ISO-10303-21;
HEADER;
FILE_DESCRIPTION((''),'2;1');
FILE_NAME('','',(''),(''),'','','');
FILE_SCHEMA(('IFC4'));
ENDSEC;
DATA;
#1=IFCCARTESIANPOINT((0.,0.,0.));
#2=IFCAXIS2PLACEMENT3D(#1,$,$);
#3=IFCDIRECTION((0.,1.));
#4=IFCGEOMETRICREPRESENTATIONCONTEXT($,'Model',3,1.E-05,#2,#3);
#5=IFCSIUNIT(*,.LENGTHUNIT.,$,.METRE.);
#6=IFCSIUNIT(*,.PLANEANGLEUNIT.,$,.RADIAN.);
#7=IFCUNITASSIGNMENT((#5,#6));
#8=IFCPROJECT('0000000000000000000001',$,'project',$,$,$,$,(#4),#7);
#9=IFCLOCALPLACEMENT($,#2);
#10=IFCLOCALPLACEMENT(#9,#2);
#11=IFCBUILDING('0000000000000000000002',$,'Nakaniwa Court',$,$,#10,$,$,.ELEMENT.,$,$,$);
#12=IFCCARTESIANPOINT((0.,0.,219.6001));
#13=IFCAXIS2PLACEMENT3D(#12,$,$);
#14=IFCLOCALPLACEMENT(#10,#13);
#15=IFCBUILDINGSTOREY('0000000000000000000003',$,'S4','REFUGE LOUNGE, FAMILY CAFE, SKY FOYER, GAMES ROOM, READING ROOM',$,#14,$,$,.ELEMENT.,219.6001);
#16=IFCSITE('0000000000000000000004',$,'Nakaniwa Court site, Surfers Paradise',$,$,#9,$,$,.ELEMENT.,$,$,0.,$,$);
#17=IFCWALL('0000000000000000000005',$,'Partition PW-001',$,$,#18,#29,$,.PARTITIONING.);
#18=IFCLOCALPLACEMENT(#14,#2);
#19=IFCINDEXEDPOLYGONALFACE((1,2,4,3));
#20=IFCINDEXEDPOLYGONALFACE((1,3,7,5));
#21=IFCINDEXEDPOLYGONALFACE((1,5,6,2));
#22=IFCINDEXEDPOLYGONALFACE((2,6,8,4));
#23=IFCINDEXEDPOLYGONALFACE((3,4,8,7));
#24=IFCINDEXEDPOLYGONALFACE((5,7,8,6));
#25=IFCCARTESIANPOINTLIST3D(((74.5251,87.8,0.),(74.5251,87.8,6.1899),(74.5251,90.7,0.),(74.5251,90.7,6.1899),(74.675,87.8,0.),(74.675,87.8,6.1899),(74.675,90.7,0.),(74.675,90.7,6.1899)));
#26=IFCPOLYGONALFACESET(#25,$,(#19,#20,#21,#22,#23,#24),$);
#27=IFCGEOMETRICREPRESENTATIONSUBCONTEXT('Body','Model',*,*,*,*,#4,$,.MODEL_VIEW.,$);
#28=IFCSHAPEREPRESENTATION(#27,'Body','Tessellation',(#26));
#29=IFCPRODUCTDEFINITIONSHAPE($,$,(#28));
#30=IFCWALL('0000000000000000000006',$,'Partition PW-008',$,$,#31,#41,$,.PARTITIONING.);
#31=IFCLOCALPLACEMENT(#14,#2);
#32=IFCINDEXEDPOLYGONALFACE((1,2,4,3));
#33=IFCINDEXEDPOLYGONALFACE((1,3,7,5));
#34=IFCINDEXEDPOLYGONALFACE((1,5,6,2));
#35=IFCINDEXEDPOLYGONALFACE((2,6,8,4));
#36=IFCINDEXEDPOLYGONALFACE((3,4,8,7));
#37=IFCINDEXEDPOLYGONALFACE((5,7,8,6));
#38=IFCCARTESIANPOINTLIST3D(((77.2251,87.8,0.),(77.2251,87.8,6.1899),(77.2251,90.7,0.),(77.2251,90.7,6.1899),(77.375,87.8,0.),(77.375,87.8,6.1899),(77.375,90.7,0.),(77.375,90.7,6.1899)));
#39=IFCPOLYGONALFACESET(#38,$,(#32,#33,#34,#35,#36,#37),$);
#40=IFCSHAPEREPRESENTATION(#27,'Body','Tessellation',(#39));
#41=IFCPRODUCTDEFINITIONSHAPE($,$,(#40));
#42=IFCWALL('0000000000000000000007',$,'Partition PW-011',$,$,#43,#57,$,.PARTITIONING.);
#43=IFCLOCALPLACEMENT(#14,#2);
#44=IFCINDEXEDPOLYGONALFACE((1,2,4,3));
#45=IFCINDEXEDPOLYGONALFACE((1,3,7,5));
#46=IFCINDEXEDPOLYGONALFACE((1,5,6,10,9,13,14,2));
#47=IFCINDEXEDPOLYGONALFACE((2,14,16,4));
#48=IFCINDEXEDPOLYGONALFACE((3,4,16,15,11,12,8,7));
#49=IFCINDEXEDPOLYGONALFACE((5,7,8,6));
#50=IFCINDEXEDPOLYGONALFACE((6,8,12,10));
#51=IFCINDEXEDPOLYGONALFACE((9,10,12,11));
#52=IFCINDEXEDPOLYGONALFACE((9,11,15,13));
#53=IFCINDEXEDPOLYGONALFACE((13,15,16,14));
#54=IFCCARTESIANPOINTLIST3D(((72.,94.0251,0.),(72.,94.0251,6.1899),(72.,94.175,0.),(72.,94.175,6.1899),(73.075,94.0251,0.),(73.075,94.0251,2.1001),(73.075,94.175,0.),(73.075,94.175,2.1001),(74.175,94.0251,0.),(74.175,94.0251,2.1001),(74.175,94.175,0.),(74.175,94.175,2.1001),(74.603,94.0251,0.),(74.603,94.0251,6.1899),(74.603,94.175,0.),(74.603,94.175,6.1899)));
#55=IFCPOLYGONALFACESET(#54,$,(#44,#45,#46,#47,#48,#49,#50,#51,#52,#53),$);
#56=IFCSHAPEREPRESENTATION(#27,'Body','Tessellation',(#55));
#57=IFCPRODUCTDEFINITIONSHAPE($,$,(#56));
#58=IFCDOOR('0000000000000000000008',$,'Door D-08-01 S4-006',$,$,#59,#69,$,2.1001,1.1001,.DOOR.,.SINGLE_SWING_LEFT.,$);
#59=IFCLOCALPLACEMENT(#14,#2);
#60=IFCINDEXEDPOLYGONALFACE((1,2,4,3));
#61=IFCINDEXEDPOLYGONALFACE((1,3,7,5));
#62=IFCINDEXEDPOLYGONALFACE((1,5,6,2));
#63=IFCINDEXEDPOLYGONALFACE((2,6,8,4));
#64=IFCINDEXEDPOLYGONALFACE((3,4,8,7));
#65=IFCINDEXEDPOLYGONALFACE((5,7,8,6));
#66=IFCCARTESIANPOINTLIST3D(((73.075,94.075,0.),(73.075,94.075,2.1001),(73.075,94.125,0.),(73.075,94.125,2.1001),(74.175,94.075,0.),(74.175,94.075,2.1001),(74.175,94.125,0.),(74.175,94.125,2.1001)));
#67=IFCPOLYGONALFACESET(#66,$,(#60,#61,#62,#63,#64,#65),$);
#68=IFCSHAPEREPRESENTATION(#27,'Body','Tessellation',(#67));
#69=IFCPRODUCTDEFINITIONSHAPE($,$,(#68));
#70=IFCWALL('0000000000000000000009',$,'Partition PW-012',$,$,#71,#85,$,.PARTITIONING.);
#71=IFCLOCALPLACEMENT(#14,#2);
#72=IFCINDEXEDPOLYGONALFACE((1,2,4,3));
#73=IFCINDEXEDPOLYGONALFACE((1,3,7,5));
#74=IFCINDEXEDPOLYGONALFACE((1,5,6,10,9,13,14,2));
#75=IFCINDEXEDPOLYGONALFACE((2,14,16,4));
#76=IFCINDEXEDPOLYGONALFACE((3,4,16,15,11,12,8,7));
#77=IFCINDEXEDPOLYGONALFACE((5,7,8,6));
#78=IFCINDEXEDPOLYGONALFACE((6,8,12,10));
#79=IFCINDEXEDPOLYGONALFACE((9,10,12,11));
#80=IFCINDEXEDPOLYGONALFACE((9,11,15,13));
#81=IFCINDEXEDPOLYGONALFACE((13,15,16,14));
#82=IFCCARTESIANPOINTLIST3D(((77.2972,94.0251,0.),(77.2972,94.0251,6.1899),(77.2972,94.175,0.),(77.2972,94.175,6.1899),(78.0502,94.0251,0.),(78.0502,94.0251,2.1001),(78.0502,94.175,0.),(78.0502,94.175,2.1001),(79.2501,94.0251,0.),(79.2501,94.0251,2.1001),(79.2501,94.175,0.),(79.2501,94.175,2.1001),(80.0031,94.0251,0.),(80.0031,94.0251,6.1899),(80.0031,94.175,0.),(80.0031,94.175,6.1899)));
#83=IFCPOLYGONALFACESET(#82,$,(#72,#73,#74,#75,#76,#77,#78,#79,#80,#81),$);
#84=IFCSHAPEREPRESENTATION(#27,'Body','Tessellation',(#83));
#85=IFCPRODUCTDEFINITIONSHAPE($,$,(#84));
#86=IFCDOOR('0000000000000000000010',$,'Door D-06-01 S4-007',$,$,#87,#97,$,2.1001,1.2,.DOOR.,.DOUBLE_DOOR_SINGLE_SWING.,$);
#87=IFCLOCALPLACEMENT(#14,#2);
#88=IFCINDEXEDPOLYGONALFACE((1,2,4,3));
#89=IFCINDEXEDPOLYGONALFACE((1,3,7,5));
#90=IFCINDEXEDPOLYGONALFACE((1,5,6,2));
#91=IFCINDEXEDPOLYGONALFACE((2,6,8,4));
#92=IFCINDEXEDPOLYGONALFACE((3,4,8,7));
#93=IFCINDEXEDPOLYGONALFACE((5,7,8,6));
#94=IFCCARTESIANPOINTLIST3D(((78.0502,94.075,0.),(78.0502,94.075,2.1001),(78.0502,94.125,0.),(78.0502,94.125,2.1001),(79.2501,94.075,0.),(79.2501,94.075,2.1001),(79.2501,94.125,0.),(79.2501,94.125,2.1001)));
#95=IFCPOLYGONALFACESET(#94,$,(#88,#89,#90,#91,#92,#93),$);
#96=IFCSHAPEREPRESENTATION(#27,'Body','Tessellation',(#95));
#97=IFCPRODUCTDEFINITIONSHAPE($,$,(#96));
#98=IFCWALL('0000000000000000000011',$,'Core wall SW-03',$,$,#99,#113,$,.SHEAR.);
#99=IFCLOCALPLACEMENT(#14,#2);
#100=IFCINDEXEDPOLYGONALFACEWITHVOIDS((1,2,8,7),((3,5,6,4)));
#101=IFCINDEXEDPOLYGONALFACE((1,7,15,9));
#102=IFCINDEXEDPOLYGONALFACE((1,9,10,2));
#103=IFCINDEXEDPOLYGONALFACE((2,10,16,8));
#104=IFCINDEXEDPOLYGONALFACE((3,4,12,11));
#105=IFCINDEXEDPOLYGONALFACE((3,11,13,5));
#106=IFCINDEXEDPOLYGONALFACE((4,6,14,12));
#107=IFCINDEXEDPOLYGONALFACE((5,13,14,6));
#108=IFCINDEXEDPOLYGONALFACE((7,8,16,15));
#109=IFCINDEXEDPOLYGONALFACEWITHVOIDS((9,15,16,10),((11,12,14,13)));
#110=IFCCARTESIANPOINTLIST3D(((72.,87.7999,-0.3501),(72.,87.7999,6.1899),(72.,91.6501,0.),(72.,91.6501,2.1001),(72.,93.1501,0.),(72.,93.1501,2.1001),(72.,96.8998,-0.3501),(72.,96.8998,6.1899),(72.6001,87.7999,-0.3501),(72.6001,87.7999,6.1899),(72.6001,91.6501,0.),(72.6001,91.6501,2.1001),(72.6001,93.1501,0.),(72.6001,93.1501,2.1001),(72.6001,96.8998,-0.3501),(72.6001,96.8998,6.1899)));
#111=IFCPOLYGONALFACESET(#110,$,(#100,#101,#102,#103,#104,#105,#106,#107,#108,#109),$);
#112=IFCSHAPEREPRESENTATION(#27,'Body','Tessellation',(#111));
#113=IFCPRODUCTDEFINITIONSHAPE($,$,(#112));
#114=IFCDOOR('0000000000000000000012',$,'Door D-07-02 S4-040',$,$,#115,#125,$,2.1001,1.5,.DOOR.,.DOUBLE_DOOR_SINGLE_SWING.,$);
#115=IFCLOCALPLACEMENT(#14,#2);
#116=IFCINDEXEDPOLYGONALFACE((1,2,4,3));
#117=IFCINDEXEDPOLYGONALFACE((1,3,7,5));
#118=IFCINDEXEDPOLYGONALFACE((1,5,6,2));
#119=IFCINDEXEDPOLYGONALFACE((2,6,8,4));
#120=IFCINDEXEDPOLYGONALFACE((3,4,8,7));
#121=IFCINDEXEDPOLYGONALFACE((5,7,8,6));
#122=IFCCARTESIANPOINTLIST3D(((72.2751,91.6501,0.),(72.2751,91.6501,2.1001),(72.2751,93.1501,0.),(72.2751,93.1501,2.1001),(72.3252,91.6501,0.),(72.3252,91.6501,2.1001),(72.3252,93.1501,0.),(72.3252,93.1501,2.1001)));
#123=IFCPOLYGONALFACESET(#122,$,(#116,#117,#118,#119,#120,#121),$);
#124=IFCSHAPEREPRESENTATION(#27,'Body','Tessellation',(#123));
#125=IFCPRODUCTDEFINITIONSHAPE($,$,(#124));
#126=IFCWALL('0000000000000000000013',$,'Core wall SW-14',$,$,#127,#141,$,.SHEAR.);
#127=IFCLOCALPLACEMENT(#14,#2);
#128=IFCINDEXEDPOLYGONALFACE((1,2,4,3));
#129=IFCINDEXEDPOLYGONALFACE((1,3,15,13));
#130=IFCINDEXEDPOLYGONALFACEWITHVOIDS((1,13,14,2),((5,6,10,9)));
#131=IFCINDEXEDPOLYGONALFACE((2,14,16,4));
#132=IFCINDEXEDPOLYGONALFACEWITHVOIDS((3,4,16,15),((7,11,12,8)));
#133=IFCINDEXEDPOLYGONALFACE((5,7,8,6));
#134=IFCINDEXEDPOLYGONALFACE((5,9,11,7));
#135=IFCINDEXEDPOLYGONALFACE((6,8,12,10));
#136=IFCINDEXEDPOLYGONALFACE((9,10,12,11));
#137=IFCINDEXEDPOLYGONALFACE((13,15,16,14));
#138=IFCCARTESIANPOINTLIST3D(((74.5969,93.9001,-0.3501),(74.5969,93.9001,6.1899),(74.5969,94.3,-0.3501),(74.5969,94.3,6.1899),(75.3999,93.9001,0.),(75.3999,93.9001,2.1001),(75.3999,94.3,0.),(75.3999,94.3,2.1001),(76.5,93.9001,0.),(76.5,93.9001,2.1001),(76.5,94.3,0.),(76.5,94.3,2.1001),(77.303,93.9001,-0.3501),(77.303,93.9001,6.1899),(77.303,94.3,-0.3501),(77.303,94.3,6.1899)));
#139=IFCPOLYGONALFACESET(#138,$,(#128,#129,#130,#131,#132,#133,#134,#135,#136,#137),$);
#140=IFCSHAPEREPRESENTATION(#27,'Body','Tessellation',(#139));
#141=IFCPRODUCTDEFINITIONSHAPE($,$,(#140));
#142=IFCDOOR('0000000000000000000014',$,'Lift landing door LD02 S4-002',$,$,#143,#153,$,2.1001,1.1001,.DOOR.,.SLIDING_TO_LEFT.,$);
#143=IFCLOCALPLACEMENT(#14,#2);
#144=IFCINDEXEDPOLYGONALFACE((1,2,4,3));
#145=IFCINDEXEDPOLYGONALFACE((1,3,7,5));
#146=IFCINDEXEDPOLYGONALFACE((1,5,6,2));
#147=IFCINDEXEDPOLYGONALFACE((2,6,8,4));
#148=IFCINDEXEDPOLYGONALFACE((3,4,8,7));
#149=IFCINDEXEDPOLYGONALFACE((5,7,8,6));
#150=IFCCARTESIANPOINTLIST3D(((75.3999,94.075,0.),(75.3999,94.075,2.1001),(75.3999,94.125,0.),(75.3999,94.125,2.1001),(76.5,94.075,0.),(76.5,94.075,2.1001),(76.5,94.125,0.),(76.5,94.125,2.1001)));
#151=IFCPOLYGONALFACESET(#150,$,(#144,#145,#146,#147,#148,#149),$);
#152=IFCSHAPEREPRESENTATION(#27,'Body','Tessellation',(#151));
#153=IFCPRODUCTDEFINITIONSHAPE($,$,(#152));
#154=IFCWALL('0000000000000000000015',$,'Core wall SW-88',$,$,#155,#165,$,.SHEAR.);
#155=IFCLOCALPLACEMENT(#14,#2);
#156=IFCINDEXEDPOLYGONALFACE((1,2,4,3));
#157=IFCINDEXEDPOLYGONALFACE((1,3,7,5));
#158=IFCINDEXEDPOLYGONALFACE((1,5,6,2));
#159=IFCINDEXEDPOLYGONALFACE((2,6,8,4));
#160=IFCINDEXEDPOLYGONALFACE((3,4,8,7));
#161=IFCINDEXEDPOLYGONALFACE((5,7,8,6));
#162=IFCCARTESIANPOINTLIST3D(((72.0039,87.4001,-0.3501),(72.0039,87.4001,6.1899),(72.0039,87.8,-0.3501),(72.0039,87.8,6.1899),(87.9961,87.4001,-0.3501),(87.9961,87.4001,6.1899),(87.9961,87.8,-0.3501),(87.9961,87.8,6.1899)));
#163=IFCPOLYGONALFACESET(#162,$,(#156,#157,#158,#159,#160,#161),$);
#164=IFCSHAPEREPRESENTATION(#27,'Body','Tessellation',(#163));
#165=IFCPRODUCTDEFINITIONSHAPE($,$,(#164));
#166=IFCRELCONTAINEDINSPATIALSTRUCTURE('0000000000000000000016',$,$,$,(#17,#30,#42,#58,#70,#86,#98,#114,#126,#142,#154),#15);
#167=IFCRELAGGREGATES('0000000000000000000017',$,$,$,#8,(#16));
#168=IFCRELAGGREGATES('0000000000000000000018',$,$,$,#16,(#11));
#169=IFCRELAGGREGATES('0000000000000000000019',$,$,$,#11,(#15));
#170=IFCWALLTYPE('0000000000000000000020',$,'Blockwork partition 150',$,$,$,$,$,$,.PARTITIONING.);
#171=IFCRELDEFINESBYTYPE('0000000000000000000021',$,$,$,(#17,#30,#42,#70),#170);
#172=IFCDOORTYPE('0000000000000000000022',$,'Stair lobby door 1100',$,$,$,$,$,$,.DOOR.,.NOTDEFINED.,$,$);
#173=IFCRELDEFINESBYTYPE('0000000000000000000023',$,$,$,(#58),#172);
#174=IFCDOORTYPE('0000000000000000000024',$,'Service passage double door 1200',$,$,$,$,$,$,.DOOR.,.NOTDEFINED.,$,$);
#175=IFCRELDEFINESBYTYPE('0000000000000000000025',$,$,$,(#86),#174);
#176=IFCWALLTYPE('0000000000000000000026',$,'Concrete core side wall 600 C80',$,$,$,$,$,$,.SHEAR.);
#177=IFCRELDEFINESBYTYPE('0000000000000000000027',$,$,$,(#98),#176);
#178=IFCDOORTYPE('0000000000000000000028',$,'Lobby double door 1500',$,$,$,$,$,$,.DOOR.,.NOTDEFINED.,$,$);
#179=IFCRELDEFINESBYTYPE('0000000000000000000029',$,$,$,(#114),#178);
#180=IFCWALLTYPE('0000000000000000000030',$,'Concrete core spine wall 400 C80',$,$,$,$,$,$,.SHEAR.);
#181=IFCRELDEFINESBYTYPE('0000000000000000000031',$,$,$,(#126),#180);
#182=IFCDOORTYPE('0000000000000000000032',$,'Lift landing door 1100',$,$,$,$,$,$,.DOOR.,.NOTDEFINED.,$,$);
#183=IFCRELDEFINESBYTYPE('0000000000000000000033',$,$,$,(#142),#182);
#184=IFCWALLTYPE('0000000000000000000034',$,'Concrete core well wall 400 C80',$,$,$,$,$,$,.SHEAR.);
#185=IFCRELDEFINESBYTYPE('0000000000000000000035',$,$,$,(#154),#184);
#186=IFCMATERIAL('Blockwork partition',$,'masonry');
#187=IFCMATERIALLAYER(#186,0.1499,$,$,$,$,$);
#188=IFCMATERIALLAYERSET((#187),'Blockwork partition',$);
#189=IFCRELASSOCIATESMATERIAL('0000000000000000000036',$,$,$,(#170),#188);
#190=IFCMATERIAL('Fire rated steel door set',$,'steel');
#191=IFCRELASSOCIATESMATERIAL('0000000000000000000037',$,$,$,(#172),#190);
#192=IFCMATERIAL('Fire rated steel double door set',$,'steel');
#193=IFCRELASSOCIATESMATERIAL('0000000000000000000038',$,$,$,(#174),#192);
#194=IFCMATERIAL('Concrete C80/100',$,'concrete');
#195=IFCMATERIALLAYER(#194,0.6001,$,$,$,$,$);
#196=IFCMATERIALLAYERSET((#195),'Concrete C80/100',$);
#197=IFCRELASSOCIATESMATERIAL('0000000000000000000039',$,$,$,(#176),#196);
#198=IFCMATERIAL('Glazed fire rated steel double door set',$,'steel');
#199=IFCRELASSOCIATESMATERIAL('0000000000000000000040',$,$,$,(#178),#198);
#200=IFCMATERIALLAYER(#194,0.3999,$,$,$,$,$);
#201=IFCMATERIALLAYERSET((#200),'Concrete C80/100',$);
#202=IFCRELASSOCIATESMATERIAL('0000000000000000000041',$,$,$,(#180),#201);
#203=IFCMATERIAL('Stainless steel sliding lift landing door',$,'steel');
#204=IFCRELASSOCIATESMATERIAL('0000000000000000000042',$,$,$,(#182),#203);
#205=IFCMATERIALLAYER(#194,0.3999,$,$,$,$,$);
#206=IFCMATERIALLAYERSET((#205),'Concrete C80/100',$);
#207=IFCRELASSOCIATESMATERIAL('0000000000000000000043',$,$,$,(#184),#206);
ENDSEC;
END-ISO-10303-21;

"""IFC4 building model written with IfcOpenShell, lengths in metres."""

from ifc_helpers import new_model, si_unit, direction, frame, frame_2d, origin, place, context, subcontext, project, spatial, rectangle, extrude, material, layer, layer_set, type_object, element, fill, save


model = new_model("IFC4")

# Units and contexts
model_context = context("Model", 3, precision=1e-05, world=origin(), true_north=direction((0.0, 1.0)))
body_context = subcontext(model_context, "Body", "Model", "MODEL_VIEW")
ifc_project = project(units=[si_unit("LENGTHUNIT", "METRE"), si_unit("PLANEANGLEUNIT", "RADIAN")], contexts=[model_context])

# Site, building, storey
site_placement = place(None, origin())
site = spatial("IfcSite", under=ifc_project, at=site_placement, Name="Nakaniwa Court site, Surfers Paradise", CompositionType="ELEMENT", RefElevation=0.0)
building_placement = place(site_placement, origin())
building = spatial("IfcBuilding", under=site, at=building_placement, Name="Nakaniwa Court", CompositionType="ELEMENT")
storey_placement = place(building_placement, frame((0.0, 0.0, 219.6001)))
storey = spatial("IfcBuildingStorey", under=building, at=storey_placement, Name="S4", Description="REFUGE LOUNGE, FAMILY CAFE, SKY FOYER, GAMES ROOM, READING ROOM", CompositionType="ELEMENT", Elevation=219.6001)

# Shared definitions
ifc_material_1 = material(Name="Concrete C80/100", Category="concrete")

# Walls
ifc_material_2 = material(Name="Blockwork partition", Category="masonry")
ifc_layer_1 = layer(ifc_material_2, 0.1499)
ifc_layer_set_1 = layer_set([ifc_layer_1], Name="Blockwork partition")
wall_type_1 = type_object("IfcWallType", Name="Blockwork partition 150", PredefinedType="PARTITIONING", material=ifc_layer_set_1)
for number, where, z_axis, x_axis, name in (
    (1, (74.6001, 87.8, 0.0), (0.0, 0.0, 1.0), (0.0, 1.0, 0.0), "Partition PW-001"),
    (2, (77.3, 87.8, 0.0), (0.0, 0.0, 1.0), (0.0, 1.0, 0.0), "Partition PW-008"),
):
    element("IfcWall", number, at=place(storey_placement, frame(where, z_axis=z_axis, x_axis=x_axis)), inside=storey, type_object=wall_type_1, Name=name, PredefinedType="PARTITIONING", context=body_context, shape_type="SweptSolid", body=[
        extrude(rectangle(XDim=2.8999, YDim=0.1499, at=frame_2d((1.45, 0.0))), origin(), (0.0, 0.0, 1.0), 6.1899),
    ])

# Walls, openings, doors
wall_1_placement = place(storey_placement, frame((72.0, 94.1001, 0.0), z_axis=(0.0, 0.0, 1.0), x_axis=(1.0, 0.0, 0.0)))
wall_1 = element("IfcWall", 3, at=wall_1_placement, inside=storey, type_object=wall_type_1, Name="Partition PW-011", PredefinedType="PARTITIONING", context=body_context, shape_type="SweptSolid", body=[
    extrude(rectangle(XDim=2.603, YDim=0.1499, at=frame_2d((1.3015, 0.0))), origin(), (0.0, 0.0, 1.0), 6.1899),
])
opening_1_placement = place(wall_1_placement, frame((1.075, 0.0, 0.0)))
opening_1 = element("IfcOpeningElement", 4, at=opening_1_placement, cuts=wall_1, PredefinedType="OPENING", context=body_context, shape_type="SweptSolid", body=[
    extrude(rectangle(XDim=1.1001, YDim=2.1001, at=frame_2d((0.55, 1.05))), frame((0.0, 0.085, 0.0), z_axis=(0.0, -1.0, 0.0), x_axis=(1.0, 0.0, 0.0)), (0.0, 0.0, 1.0), 0.1699),
])
ifc_material_3 = material(Name="Fire rated steel door set", Category="steel")
door_type_1 = type_object("IfcDoorType", Name="Stair lobby door 1100", OperationType="NOTDEFINED", PredefinedType="DOOR", material=ifc_material_3)
door_1_placement = place(opening_1_placement, origin())
door_1 = element("IfcDoor", 5, at=door_1_placement, inside=storey, type_object=door_type_1, Name="Door D-08-01 S4-006", OperationType="SINGLE_SWING_LEFT", OverallHeight=2.1001, OverallWidth=1.1001, PredefinedType="DOOR", context=body_context, shape_type="SweptSolid", body=[
    extrude(rectangle(XDim=1.1001, YDim=2.1001, at=frame_2d((0.55, 1.05))), frame((0.0, 0.0249, 0.0), z_axis=(0.0, -1.0, 0.0), x_axis=(1.0, 0.0, 0.0)), (0.0, 0.0, 1.0), 0.05),
])
fill(opening_1, door_1)
wall_2_placement = place(storey_placement, frame((77.2971, 94.1001, 0.0), z_axis=(0.0, 0.0, 1.0), x_axis=(1.0, 0.0, 0.0)))
wall_2 = element("IfcWall", 6, at=wall_2_placement, inside=storey, type_object=wall_type_1, Name="Partition PW-012", PredefinedType="PARTITIONING", context=body_context, shape_type="SweptSolid", body=[
    extrude(rectangle(XDim=2.7058, YDim=0.1499, at=frame_2d((1.353, 0.0))), origin(), (0.0, 0.0, 1.0), 6.1899),
])
opening_2_placement = place(wall_2_placement, frame((0.7529, 0.0, 0.0)))
opening_2 = element("IfcOpeningElement", 7, at=opening_2_placement, cuts=wall_2, PredefinedType="OPENING", context=body_context, shape_type="SweptSolid", body=[
    extrude(rectangle(XDim=1.2, YDim=2.1001, at=frame_2d((0.6001, 1.05))), frame((0.0, 0.085, 0.0), z_axis=(0.0, -1.0, 0.0), x_axis=(1.0, 0.0, 0.0)), (0.0, 0.0, 1.0), 0.1699),
])
ifc_material_4 = material(Name="Fire rated steel double door set", Category="steel")
door_type_2 = type_object("IfcDoorType", Name="Service passage double door 1200", OperationType="NOTDEFINED", PredefinedType="DOOR", material=ifc_material_4)
door_2_placement = place(opening_2_placement, origin())
door_2 = element("IfcDoor", 8, at=door_2_placement, inside=storey, type_object=door_type_2, Name="Door D-06-01 S4-007", OperationType="DOUBLE_DOOR_SINGLE_SWING", OverallHeight=2.1001, OverallWidth=1.2, PredefinedType="DOOR", context=body_context, shape_type="SweptSolid", body=[
    extrude(rectangle(XDim=1.2, YDim=2.1001, at=frame_2d((0.6001, 1.05))), frame((0.0, 0.0249, 0.0), z_axis=(0.0, -1.0, 0.0), x_axis=(1.0, 0.0, 0.0)), (0.0, 0.0, 1.0), 0.05),
])
fill(opening_2, door_2)
ifc_layer_2 = layer(ifc_material_1, 0.6001)
ifc_layer_set_2 = layer_set([ifc_layer_2], Name="Concrete C80/100")
wall_type_2 = type_object("IfcWallType", Name="Concrete core side wall 600 C80", PredefinedType="SHEAR", material=ifc_layer_set_2)
wall_3_placement = place(storey_placement, frame((72.3, 87.8, -0.3501), z_axis=(0.0, 0.0, 1.0), x_axis=(0.0, 1.0, 0.0)))
wall_3 = element("IfcWall", 9, at=wall_3_placement, inside=storey, type_object=wall_type_2, Name="Core wall SW-03", PredefinedType="SHEAR", context=body_context, shape_type="SweptSolid", body=[
    extrude(rectangle(XDim=9.0999, YDim=0.6001, at=frame_2d((4.5498, 0.0))), origin(), (0.0, 0.0, 1.0), 6.54),
])
opening_3_placement = place(wall_3_placement, frame((3.8501, 0.0, 0.3501)))
opening_3 = element("IfcOpeningElement", 10, at=opening_3_placement, cuts=wall_3, PredefinedType="OPENING", context=body_context, shape_type="SweptSolid", body=[
    extrude(rectangle(XDim=1.5, YDim=2.1001, at=frame_2d((0.75, 1.05))), frame((0.0, 0.3101, 0.0), z_axis=(0.0, -1.0, 0.0), x_axis=(1.0, 0.0, 0.0)), (0.0, 0.0, 1.0), 0.6201),
])
ifc_material_5 = material(Name="Glazed fire rated steel double door set", Category="steel")
door_type_3 = type_object("IfcDoorType", Name="Lobby double door 1500", OperationType="NOTDEFINED", PredefinedType="DOOR", material=ifc_material_5)
door_3_placement = place(opening_3_placement, origin())
door_3 = element("IfcDoor", 11, at=door_3_placement, inside=storey, type_object=door_type_3, Name="Door D-07-02 S4-040", OperationType="DOUBLE_DOOR_SINGLE_SWING", OverallHeight=2.1001, OverallWidth=1.5, PredefinedType="DOOR", context=body_context, shape_type="SweptSolid", body=[
    extrude(rectangle(XDim=1.5, YDim=2.1001, at=frame_2d((0.75, 1.05))), frame((0.0, 0.0249, 0.0), z_axis=(0.0, -1.0, 0.0), x_axis=(1.0, 0.0, 0.0)), (0.0, 0.0, 1.0), 0.05),
])
fill(opening_3, door_3)
ifc_layer_3 = layer(ifc_material_1, 0.3999)
ifc_layer_set_3 = layer_set([ifc_layer_3], Name="Concrete C80/100")
wall_type_3 = type_object("IfcWallType", Name="Concrete core spine wall 400 C80", PredefinedType="SHEAR", material=ifc_layer_set_3)
wall_4_placement = place(storey_placement, frame((74.5969, 94.1001, -0.3501), z_axis=(0.0, 0.0, 1.0), x_axis=(1.0, 0.0, 0.0)))
wall_4 = element("IfcWall", 12, at=wall_4_placement, inside=storey, type_object=wall_type_3, Name="Core wall SW-14", PredefinedType="SHEAR", context=body_context, shape_type="SweptSolid", body=[
    extrude(rectangle(XDim=2.7061, YDim=0.3999, at=frame_2d((1.353, 0.0))), origin(), (0.0, 0.0, 1.0), 6.54),
])
opening_4_placement = place(wall_4_placement, frame((0.803, 0.0, 0.3501)))
opening_4 = element("IfcOpeningElement", 13, at=opening_4_placement, cuts=wall_4, PredefinedType="OPENING", context=body_context, shape_type="SweptSolid", body=[
    extrude(rectangle(XDim=1.1001, YDim=2.1001, at=frame_2d((0.55, 1.05))), frame((0.0, 0.21, 0.0), z_axis=(0.0, -1.0, 0.0), x_axis=(1.0, 0.0, 0.0)), (0.0, 0.0, 1.0), 0.4199),
])
ifc_material_6 = material(Name="Stainless steel sliding lift landing door", Category="steel")
door_type_4 = type_object("IfcDoorType", Name="Lift landing door 1100", OperationType="NOTDEFINED", PredefinedType="DOOR", material=ifc_material_6)
door_4_placement = place(opening_4_placement, origin())
door_4 = element("IfcDoor", 14, at=door_4_placement, inside=storey, type_object=door_type_4, Name="Lift landing door LD02 S4-002", OperationType="SLIDING_TO_LEFT", OverallHeight=2.1001, OverallWidth=1.1001, PredefinedType="DOOR", context=body_context, shape_type="SweptSolid", body=[
    extrude(rectangle(XDim=1.1001, YDim=2.1001, at=frame_2d((0.55, 1.05))), frame((0.0, 0.0249, 0.0), z_axis=(0.0, -1.0, 0.0), x_axis=(1.0, 0.0, 0.0)), (0.0, 0.0, 1.0), 0.05),
])
fill(opening_4, door_4)

# Wall
ifc_layer_4 = layer(ifc_material_1, 0.3999)
ifc_layer_set_4 = layer_set([ifc_layer_4], Name="Concrete C80/100")
wall_type_4 = type_object("IfcWallType", Name="Concrete core well wall 400 C80", PredefinedType="SHEAR", material=ifc_layer_set_4)
wall_5_placement = place(storey_placement, frame((72.0039, 87.6001, -0.3501), z_axis=(0.0, 0.0, 1.0), x_axis=(1.0, 0.0, 0.0)))
element("IfcWall", 15, at=wall_5_placement, inside=storey, type_object=wall_type_4, Name="Core wall SW-88", PredefinedType="SHEAR", context=body_context, shape_type="SweptSolid", body=[
    extrude(rectangle(XDim=15.9922, YDim=0.3999, at=frame_2d((7.9961, 0.0))), origin(), (0.0, 0.0, 1.0), 6.54),
])

save(model, "model.ifc")
